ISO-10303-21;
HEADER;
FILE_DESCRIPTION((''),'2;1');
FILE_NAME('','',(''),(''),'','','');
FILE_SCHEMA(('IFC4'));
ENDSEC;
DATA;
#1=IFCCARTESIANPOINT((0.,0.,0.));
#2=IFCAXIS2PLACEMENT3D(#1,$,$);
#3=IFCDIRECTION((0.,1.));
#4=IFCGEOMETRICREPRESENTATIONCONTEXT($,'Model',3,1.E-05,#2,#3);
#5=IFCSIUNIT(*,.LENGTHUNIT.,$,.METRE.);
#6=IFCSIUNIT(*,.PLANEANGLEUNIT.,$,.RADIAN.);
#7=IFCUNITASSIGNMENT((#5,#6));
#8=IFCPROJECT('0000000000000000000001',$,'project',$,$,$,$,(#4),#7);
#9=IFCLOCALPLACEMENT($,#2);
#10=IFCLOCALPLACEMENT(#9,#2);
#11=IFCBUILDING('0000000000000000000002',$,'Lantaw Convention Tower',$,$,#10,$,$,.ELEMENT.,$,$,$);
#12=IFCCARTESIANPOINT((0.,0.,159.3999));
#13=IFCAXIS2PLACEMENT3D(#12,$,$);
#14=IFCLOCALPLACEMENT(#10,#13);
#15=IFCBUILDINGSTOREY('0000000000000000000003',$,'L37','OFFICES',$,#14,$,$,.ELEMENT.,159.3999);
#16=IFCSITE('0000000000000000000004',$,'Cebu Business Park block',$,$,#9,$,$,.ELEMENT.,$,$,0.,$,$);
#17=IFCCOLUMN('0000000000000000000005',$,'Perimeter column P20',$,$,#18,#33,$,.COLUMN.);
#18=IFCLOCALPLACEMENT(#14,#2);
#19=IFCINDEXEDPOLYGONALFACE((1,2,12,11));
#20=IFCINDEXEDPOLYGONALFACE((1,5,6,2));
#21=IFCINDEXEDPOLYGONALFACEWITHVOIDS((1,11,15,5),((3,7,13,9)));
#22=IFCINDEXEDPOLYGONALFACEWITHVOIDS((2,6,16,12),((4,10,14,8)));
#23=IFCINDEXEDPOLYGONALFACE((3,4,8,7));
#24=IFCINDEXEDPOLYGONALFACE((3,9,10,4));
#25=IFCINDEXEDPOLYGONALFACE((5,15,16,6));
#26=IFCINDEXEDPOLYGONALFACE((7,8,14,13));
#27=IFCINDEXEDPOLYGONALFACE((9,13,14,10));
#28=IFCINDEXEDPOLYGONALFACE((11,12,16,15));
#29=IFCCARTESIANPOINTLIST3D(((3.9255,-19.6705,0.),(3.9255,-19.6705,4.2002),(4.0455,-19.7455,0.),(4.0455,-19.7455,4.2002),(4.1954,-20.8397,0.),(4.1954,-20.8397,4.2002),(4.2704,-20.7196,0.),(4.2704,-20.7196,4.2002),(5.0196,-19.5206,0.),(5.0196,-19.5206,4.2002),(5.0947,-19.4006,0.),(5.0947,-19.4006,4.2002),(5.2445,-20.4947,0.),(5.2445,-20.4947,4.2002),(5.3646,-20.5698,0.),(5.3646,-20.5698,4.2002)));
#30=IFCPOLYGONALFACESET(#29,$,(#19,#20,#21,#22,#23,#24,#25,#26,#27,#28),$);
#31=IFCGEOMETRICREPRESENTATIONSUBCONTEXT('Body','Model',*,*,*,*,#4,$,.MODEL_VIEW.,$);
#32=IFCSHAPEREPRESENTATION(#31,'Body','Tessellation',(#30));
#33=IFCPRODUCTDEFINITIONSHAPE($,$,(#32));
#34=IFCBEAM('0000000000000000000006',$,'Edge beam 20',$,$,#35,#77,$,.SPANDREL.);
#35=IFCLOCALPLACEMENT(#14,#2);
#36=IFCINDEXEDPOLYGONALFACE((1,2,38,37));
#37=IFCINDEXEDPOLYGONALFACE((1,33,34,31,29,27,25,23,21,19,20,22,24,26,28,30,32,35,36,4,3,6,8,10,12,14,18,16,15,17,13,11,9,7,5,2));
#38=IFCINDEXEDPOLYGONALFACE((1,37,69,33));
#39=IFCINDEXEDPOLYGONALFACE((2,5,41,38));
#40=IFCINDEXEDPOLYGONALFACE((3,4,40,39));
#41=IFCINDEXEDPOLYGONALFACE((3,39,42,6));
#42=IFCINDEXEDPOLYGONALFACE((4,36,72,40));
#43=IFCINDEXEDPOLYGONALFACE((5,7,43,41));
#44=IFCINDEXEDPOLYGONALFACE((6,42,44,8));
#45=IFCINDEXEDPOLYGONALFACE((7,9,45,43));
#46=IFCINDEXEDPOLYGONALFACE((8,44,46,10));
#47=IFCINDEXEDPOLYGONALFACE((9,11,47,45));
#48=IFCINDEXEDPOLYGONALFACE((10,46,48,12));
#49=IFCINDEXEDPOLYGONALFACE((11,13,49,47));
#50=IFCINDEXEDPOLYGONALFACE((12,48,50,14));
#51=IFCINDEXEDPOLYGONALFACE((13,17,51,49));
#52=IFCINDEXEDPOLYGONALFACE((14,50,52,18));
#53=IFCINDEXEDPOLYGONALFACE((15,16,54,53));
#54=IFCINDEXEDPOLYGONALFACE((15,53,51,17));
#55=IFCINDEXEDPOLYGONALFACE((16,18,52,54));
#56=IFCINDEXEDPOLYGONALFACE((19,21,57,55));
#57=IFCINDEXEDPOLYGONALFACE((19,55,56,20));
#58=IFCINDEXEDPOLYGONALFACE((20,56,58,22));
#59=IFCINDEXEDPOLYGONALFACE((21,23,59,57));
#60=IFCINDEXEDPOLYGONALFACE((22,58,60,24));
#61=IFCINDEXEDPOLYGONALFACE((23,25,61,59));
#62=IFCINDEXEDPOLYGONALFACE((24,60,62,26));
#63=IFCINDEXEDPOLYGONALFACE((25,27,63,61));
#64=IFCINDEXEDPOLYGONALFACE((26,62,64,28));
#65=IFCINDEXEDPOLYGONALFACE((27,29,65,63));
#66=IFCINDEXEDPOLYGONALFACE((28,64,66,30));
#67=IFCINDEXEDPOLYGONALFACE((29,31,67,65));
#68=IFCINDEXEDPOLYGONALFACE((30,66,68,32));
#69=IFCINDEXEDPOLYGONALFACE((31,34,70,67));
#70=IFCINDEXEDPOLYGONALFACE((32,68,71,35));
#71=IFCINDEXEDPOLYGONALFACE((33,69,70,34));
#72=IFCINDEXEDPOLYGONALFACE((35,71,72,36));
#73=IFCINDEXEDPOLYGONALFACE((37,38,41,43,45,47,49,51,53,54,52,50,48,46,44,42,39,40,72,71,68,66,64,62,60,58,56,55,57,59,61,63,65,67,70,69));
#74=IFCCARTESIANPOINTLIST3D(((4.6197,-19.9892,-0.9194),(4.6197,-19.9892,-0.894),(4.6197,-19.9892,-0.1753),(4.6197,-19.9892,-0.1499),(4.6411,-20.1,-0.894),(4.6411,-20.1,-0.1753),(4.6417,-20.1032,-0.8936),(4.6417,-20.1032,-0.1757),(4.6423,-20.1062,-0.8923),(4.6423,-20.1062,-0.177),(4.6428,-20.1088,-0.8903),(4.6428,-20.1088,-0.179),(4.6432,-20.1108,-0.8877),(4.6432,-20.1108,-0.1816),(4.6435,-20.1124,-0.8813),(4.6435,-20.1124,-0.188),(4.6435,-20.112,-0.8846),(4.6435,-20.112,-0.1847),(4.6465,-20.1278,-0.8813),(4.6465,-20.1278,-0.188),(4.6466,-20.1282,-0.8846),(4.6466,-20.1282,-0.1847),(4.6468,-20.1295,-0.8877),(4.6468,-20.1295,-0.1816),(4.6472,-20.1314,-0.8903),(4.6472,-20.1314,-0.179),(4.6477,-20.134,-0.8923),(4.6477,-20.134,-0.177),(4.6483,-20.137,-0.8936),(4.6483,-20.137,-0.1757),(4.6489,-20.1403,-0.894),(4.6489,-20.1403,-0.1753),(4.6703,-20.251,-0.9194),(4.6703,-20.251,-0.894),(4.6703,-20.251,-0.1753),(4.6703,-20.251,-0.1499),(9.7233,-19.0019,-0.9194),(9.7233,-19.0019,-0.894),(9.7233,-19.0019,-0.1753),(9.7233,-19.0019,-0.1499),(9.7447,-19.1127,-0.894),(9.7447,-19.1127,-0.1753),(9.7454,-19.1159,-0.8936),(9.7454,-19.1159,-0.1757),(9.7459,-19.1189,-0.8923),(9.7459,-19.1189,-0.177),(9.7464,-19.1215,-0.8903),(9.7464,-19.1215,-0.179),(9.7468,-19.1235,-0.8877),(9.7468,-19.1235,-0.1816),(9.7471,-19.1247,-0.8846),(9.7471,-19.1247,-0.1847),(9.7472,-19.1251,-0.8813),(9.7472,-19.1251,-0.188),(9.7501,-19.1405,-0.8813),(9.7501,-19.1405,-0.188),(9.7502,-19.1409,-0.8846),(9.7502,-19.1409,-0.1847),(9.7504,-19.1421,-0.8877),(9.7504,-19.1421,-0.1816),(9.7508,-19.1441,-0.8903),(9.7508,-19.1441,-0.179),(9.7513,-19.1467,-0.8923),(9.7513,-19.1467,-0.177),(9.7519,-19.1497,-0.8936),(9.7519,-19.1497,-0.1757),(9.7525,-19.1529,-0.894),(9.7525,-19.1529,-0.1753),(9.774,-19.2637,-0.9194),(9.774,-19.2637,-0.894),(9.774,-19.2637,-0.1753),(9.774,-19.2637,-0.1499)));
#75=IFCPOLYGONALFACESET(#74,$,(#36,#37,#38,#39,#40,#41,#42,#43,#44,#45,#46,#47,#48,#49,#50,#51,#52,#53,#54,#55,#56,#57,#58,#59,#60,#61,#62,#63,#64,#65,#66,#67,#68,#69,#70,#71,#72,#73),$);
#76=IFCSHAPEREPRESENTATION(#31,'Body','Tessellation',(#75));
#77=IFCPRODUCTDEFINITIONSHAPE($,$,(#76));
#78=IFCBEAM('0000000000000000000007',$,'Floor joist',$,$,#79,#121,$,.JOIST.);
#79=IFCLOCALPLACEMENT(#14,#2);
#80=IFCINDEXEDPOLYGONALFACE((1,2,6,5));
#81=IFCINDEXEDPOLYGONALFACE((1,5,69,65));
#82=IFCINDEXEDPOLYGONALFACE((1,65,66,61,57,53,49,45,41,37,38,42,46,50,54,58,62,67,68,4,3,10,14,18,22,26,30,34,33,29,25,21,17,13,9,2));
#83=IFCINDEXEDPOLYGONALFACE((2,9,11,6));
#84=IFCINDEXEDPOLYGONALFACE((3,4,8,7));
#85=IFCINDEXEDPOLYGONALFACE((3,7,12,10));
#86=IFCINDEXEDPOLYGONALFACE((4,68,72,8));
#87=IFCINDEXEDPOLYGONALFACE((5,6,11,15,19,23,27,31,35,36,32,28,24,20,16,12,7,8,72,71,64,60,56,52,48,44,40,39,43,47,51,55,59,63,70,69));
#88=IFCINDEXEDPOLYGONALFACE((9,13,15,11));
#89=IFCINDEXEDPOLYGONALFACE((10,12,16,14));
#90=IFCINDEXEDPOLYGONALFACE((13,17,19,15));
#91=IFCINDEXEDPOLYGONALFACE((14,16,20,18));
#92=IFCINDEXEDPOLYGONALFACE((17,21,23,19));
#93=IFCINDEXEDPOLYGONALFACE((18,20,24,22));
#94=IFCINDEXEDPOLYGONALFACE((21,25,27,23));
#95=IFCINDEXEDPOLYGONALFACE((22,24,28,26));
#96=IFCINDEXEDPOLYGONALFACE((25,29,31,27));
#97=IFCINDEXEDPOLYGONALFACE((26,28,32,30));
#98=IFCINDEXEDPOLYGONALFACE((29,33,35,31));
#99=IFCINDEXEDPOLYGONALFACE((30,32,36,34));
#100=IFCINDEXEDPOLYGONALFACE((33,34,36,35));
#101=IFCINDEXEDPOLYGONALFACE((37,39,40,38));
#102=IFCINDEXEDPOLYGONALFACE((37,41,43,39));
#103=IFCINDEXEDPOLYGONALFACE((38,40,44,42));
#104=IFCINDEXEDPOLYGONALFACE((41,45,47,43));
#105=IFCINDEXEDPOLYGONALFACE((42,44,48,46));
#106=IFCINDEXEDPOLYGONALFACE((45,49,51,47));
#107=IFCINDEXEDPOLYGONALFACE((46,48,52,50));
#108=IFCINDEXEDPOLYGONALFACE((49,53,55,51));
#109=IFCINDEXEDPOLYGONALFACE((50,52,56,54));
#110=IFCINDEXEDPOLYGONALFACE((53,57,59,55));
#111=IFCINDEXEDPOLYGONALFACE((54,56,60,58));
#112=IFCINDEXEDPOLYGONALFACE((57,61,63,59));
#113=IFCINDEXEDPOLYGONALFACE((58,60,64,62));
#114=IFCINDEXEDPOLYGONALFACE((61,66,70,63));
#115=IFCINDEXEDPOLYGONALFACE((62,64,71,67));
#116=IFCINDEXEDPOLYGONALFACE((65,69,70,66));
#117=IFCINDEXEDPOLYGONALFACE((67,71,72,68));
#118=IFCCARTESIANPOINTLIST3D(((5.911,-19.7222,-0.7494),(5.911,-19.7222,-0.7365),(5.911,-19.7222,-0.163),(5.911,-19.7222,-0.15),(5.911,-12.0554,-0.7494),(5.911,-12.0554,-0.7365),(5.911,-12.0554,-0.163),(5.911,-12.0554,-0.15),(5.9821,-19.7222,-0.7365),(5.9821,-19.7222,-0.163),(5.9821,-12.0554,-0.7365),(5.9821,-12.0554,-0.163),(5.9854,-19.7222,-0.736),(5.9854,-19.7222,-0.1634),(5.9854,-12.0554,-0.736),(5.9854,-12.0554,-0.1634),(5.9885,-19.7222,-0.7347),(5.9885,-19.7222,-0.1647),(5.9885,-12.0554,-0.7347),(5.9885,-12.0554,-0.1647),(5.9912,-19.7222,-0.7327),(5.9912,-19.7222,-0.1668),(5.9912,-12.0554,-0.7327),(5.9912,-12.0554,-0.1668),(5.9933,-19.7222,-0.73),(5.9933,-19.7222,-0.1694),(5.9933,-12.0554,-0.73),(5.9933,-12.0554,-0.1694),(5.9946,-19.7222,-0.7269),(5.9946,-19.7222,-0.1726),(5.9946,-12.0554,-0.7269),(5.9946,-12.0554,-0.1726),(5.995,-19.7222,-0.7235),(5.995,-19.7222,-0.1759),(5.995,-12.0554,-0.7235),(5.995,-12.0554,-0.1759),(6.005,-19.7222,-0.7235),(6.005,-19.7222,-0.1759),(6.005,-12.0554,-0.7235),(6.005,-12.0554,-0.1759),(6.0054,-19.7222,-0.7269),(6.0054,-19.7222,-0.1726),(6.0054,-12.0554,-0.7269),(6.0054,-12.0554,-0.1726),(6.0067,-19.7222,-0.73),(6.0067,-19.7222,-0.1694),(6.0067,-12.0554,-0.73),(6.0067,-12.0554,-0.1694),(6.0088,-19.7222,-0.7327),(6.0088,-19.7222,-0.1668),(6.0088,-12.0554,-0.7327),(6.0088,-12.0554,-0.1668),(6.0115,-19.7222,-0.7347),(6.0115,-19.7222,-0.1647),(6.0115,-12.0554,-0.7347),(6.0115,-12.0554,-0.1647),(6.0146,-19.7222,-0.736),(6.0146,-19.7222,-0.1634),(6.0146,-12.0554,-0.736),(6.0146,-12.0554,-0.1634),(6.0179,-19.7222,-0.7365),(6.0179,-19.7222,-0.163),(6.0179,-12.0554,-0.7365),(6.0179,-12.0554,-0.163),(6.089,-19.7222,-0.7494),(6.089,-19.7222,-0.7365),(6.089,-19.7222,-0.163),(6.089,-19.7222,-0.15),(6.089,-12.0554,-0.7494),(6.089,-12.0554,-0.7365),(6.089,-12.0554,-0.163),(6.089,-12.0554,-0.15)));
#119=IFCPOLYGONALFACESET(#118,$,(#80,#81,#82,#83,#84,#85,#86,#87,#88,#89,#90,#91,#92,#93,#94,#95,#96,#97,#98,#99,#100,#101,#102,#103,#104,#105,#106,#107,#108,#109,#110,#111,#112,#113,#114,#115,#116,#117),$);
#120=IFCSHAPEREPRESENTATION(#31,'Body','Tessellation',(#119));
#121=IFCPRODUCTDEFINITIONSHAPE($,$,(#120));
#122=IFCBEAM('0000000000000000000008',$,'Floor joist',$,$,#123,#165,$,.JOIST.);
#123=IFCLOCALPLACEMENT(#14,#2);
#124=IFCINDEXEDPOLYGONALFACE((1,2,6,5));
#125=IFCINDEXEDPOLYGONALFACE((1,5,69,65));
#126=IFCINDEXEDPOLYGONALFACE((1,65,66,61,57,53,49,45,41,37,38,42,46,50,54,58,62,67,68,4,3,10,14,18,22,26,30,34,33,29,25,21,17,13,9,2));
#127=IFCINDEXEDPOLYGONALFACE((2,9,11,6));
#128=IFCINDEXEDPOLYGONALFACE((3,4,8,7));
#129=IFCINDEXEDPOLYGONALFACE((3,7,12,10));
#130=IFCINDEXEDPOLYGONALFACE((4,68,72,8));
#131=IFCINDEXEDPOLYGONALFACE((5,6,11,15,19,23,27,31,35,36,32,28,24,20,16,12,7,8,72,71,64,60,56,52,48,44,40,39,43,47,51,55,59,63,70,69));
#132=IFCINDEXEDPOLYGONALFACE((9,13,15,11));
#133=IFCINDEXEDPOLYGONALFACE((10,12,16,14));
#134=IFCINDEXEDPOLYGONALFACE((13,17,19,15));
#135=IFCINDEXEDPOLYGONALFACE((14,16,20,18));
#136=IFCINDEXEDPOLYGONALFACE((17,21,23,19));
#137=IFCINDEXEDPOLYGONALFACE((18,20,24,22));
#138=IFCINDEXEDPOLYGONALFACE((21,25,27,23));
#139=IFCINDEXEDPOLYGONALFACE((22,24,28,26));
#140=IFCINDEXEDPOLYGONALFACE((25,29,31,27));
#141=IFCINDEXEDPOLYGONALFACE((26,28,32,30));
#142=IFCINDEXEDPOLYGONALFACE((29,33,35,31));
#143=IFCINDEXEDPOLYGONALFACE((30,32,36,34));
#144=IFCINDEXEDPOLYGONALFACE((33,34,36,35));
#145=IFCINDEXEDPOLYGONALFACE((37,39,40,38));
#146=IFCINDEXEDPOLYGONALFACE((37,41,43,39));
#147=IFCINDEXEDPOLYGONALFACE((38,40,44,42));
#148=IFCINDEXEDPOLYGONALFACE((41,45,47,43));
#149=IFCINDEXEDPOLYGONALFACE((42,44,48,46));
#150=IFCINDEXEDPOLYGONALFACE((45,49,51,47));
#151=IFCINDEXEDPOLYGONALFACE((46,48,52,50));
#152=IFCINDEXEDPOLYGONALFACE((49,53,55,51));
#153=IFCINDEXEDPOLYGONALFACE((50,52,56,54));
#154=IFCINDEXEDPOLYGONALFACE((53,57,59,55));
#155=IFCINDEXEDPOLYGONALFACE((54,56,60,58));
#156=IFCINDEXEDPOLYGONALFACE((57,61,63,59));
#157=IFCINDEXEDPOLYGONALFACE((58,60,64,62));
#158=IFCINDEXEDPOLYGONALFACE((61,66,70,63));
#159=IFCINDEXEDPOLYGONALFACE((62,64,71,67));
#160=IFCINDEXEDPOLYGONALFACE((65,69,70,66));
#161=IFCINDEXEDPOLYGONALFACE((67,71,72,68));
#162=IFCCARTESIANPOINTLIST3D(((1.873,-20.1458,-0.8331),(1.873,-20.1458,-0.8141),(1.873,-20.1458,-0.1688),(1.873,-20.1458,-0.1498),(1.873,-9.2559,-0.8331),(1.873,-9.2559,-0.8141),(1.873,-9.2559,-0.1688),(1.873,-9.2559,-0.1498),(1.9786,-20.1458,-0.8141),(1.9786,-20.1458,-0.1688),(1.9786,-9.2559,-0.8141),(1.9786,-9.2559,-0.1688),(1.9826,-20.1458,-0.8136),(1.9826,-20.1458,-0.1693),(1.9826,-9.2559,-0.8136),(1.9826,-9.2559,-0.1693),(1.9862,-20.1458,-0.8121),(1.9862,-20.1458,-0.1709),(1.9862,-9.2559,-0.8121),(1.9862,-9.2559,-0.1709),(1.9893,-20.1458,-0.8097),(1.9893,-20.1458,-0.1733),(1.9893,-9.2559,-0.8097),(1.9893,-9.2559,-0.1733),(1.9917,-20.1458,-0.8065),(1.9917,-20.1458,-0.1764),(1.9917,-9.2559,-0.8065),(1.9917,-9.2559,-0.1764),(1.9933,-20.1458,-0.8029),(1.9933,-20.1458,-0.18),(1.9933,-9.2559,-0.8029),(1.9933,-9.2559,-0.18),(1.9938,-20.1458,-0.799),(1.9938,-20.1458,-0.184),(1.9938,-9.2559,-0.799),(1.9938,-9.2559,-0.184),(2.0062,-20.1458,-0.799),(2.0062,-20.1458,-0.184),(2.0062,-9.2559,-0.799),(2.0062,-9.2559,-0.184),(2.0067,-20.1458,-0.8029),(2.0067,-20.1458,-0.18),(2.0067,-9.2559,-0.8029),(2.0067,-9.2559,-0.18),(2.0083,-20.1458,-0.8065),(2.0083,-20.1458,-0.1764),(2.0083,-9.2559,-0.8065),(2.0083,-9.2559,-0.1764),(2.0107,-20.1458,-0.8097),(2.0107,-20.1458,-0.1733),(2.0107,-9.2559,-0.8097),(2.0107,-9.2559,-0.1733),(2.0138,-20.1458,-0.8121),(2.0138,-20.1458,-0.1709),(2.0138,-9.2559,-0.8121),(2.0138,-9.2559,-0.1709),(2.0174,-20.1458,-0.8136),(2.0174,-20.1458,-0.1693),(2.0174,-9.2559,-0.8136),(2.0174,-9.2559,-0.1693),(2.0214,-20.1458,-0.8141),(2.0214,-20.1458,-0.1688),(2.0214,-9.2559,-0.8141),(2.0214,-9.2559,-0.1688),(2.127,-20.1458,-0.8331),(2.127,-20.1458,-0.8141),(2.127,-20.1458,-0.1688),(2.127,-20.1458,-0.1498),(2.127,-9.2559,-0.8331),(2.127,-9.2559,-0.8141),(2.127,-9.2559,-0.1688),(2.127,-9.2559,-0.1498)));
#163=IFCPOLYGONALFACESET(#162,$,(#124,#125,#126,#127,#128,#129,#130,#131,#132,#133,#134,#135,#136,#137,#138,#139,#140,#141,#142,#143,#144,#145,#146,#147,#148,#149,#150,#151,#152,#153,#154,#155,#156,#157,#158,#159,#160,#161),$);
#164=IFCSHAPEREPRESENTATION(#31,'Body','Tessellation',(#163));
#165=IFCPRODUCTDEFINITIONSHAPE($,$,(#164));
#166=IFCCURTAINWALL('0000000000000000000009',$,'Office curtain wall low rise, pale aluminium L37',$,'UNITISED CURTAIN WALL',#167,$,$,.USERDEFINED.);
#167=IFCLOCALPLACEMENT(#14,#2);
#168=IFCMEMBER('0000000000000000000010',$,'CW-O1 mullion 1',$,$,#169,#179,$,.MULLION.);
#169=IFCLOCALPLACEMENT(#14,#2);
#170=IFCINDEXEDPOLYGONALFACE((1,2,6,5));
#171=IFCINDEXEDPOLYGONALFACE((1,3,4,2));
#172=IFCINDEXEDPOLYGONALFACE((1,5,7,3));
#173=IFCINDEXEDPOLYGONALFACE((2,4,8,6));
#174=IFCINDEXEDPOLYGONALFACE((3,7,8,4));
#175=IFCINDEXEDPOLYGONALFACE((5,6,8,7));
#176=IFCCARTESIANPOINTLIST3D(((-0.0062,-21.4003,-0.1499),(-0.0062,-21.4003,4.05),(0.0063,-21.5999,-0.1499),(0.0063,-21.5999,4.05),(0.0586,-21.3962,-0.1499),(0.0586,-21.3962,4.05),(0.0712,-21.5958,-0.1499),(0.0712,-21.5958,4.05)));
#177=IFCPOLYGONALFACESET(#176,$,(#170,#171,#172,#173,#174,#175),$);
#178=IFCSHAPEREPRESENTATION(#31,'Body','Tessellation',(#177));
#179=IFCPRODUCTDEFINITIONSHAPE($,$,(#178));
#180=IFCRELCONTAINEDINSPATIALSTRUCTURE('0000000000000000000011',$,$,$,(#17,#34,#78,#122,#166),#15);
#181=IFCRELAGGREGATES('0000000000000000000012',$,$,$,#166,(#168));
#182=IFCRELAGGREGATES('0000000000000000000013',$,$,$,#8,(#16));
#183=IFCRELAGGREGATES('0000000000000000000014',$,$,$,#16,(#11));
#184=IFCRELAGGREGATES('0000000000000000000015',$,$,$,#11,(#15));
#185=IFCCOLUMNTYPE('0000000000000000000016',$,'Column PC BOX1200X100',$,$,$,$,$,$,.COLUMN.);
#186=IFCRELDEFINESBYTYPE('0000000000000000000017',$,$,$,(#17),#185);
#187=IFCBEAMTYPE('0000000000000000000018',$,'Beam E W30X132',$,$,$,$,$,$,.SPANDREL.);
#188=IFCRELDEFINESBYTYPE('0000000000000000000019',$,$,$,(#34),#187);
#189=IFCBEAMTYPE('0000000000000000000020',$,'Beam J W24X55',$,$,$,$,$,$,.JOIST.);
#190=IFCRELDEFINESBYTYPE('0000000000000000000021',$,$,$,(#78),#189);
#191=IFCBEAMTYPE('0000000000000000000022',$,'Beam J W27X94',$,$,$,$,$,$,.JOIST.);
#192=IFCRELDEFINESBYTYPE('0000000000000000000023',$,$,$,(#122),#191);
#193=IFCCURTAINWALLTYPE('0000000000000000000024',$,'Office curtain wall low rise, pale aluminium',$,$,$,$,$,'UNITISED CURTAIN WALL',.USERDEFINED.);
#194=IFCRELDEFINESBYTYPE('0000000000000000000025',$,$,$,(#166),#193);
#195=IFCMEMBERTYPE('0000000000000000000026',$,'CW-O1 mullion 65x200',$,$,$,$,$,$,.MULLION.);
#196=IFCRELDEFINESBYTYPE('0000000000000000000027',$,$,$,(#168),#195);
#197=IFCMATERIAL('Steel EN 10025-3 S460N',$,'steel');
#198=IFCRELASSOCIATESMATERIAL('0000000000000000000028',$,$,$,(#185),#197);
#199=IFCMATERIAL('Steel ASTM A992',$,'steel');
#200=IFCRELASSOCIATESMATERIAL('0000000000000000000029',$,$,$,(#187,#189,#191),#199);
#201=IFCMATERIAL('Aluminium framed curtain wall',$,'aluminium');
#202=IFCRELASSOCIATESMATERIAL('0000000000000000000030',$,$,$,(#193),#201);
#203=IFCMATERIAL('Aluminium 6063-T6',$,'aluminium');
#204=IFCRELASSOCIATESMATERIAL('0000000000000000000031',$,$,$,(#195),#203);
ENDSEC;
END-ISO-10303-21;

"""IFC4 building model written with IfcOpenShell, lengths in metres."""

from ifc_helpers import new_model, si_unit, direction, frame, origin, origin_2d, place, context, subcontext, project, spatial, rectangle, hollow_rectangle, i_section, extrude, material, material_profile, profile_set, type_object, element, aggregate, save


model = new_model("IFC4")

# Units and contexts
model_context = context("Model", 3, precision=1e-05, world=origin(), true_north=direction((0.0, 1.0)))
body_context = subcontext(model_context, "Body", "Model", "MODEL_VIEW")
ifc_project = project(units=[si_unit("LENGTHUNIT", "METRE"), si_unit("PLANEANGLEUNIT", "RADIAN")], contexts=[model_context])

# Site, building, storey
site_placement = place(None, origin())
site = spatial("IfcSite", under=ifc_project, at=site_placement, Name="Cebu Business Park block", CompositionType="ELEMENT", RefElevation=0.0)
building_placement = place(site_placement, origin())
building = spatial("IfcBuilding", under=site, at=building_placement, Name="Lantaw Convention Tower", CompositionType="ELEMENT")
storey_placement = place(building_placement, frame((0.0, 0.0, 159.3999)))
storey = spatial("IfcBuildingStorey", under=building, at=storey_placement, Name="L37", Description="OFFICES", CompositionType="ELEMENT", Elevation=159.3999)

# Column
ifc_material_1 = material(Name="Steel EN 10025-3 S460N", Category="steel")
ifc_material_profile_1 = material_profile(ifc_material_1, hollow_rectangle(XDim=1.2, YDim=1.2, WallThickness=0.1001, at=origin_2d()), Name="BOX1200X100")
ifc_material_2 = material(Name="Concrete C60/75", Category="concrete")
ifc_material_profile_2 = material_profile(ifc_material_2, rectangle(XDim=1.0, YDim=1.0, at=origin_2d()), Name="Concrete fill of BOX1200X100")
ifc_profile_set_1 = profile_set([ifc_material_profile_1, ifc_material_profile_2], Name="Steel EN 10025-3 S460N")
column_type = type_object("IfcColumnType", Name="Column PC BOX1200X100", PredefinedType="COLUMN", material=ifc_profile_set_1)
column_placement = place(storey_placement, frame((4.645, -20.1201, 0.0), z_axis=(0.0, 0.0, 1.0), x_axis=(0.97437, 0.224951, 0.0)))
element("IfcColumn", 1, at=column_placement, inside=storey, type_object=column_type, Name="Perimeter column P20", PredefinedType="COLUMN", context=body_context, shape_type="SweptSolid", body=[
    extrude(hollow_rectangle(XDim=1.2, YDim=1.2, WallThickness=0.1001, at=origin_2d()), origin(), (0.0, 0.0, 1.0), 4.2002),
])

# Beams
ifc_material_3 = material(Name="Steel ASTM A992", Category="steel")
ifc_material_profile_3 = material_profile(ifc_material_3, i_section(OverallWidth=0.2666, OverallDepth=0.7695, WebThickness=0.0156, FlangeThickness=0.0254, FilletRadius=0.0127, at=origin_2d()), Name="W30X132")
ifc_profile_set_2 = profile_set([ifc_material_profile_3], Name="Steel ASTM A992")
beam_type_1 = type_object("IfcBeamType", Name="Beam E W30X132", PredefinedType="SPANDREL", material=ifc_profile_set_2)
beam_1_placement = place(storey_placement, frame((4.645, -20.1201, -0.5347), z_axis=(0.981797, 0.189934, 0.0), x_axis=(-0.189934, 0.981797, 0.0)))
element("IfcBeam", 2, at=beam_1_placement, inside=storey, type_object=beam_type_1, Name="Edge beam 20", PredefinedType="SPANDREL", context=body_context, shape_type="SweptSolid", body=[
    extrude(i_section(OverallWidth=0.2666, OverallDepth=0.7695, WebThickness=0.0156, FlangeThickness=0.0254, FilletRadius=0.0127, at=origin_2d()), origin(), (0.0, 0.0, 1.0), 5.1982),
])
ifc_material_profile_4 = material_profile(ifc_material_3, i_section(OverallWidth=0.178, OverallDepth=0.5994, WebThickness=0.01, FlangeThickness=0.0129, FilletRadius=0.0129, at=origin_2d()), Name="W24X55")
ifc_profile_set_3 = profile_set([ifc_material_profile_4], Name="Steel ASTM A992")
beam_type_2 = type_object("IfcBeamType", Name="Beam J W24X55", PredefinedType="JOIST", material=ifc_profile_set_3)
beam_2_placement = place(storey_placement, frame((6.0, -19.7222, -0.4497), z_axis=(0.0, 1.0, 0.0), x_axis=(-1.0, 0.0, 0.0)))
element("IfcBeam", 3, at=beam_2_placement, inside=storey, type_object=beam_type_2, Name="Floor joist", PredefinedType="JOIST", context=body_context, shape_type="SweptSolid", body=[
    extrude(i_section(OverallWidth=0.178, OverallDepth=0.5994, WebThickness=0.01, FlangeThickness=0.0129, FilletRadius=0.0129, at=origin_2d()), origin(), (0.0, 0.0, 1.0), 7.6667),
])
ifc_material_profile_5 = material_profile(ifc_material_3, i_section(OverallWidth=0.2539, OverallDepth=0.6833, WebThickness=0.0125, FlangeThickness=0.019, FilletRadius=0.0151, at=origin_2d()), Name="W27X94")
ifc_profile_set_4 = profile_set([ifc_material_profile_5], Name="Steel ASTM A992")
beam_type_3 = type_object("IfcBeamType", Name="Beam J W27X94", PredefinedType="JOIST", material=ifc_profile_set_4)
beam_3_placement = place(storey_placement, frame((2.0, -20.1458, -0.4915), z_axis=(0.0, 1.0, 0.0), x_axis=(-1.0, 0.0, 0.0)))
element("IfcBeam", 4, at=beam_3_placement, inside=storey, type_object=beam_type_3, Name="Floor joist", PredefinedType="JOIST", context=body_context, shape_type="SweptSolid", body=[
    extrude(i_section(OverallWidth=0.2539, OverallDepth=0.6833, WebThickness=0.0125, FlangeThickness=0.019, FilletRadius=0.0151, at=origin_2d()), origin(), (0.0, 0.0, 1.0), 10.8899),
])

# Curtain wall, member
ifc_material_4 = material(Name="Aluminium framed curtain wall", Category="aluminium")
curtain_wall_type = type_object("IfcCurtainWallType", Name="Office curtain wall low rise, pale aluminium", ElementType="UNITISED CURTAIN WALL", PredefinedType="USERDEFINED", material=ifc_material_4)
curtain_wall_1_placement = place(storey_placement, origin())
curtain_wall_1 = element("IfcCurtainWall", 5, at=curtain_wall_1_placement, inside=storey, type_object=curtain_wall_type, Name="Office curtain wall low rise, pale aluminium L37", ObjectType="UNITISED CURTAIN WALL", PredefinedType="USERDEFINED")
ifc_material_5 = material(Name="Aluminium 6063-T6", Category="aluminium")
ifc_material_profile_6 = material_profile(ifc_material_5, rectangle(XDim=0.2, YDim=0.0649, at=origin_2d()), Name="CW-O1 mullion 65x200")
ifc_profile_set_5 = profile_set([ifc_material_profile_6], Name="Aluminium 6063-T6")
member_type_1 = type_object("IfcMemberType", Name="CW-O1 mullion 65x200", PredefinedType="MULLION", material=ifc_profile_set_5)
member_1_placement = place(storey_placement, frame((0.0325, -21.498, -0.1499), z_axis=(0.0, 0.0, 1.0), x_axis=(-0.062865, 0.998022, 0.0)))
member_1 = element("IfcMember", 6, at=member_1_placement, type_object=member_type_1, Name="CW-O1 mullion 1", PredefinedType="MULLION", context=body_context, shape_type="SweptSolid", body=[
    extrude(rectangle(XDim=0.2, YDim=0.0649, at=origin_2d()), origin(), (0.0, 0.0, 1.0), 4.2),
])

aggregate(curtain_wall_1, [member_1])

save(model, "model.ifc")
